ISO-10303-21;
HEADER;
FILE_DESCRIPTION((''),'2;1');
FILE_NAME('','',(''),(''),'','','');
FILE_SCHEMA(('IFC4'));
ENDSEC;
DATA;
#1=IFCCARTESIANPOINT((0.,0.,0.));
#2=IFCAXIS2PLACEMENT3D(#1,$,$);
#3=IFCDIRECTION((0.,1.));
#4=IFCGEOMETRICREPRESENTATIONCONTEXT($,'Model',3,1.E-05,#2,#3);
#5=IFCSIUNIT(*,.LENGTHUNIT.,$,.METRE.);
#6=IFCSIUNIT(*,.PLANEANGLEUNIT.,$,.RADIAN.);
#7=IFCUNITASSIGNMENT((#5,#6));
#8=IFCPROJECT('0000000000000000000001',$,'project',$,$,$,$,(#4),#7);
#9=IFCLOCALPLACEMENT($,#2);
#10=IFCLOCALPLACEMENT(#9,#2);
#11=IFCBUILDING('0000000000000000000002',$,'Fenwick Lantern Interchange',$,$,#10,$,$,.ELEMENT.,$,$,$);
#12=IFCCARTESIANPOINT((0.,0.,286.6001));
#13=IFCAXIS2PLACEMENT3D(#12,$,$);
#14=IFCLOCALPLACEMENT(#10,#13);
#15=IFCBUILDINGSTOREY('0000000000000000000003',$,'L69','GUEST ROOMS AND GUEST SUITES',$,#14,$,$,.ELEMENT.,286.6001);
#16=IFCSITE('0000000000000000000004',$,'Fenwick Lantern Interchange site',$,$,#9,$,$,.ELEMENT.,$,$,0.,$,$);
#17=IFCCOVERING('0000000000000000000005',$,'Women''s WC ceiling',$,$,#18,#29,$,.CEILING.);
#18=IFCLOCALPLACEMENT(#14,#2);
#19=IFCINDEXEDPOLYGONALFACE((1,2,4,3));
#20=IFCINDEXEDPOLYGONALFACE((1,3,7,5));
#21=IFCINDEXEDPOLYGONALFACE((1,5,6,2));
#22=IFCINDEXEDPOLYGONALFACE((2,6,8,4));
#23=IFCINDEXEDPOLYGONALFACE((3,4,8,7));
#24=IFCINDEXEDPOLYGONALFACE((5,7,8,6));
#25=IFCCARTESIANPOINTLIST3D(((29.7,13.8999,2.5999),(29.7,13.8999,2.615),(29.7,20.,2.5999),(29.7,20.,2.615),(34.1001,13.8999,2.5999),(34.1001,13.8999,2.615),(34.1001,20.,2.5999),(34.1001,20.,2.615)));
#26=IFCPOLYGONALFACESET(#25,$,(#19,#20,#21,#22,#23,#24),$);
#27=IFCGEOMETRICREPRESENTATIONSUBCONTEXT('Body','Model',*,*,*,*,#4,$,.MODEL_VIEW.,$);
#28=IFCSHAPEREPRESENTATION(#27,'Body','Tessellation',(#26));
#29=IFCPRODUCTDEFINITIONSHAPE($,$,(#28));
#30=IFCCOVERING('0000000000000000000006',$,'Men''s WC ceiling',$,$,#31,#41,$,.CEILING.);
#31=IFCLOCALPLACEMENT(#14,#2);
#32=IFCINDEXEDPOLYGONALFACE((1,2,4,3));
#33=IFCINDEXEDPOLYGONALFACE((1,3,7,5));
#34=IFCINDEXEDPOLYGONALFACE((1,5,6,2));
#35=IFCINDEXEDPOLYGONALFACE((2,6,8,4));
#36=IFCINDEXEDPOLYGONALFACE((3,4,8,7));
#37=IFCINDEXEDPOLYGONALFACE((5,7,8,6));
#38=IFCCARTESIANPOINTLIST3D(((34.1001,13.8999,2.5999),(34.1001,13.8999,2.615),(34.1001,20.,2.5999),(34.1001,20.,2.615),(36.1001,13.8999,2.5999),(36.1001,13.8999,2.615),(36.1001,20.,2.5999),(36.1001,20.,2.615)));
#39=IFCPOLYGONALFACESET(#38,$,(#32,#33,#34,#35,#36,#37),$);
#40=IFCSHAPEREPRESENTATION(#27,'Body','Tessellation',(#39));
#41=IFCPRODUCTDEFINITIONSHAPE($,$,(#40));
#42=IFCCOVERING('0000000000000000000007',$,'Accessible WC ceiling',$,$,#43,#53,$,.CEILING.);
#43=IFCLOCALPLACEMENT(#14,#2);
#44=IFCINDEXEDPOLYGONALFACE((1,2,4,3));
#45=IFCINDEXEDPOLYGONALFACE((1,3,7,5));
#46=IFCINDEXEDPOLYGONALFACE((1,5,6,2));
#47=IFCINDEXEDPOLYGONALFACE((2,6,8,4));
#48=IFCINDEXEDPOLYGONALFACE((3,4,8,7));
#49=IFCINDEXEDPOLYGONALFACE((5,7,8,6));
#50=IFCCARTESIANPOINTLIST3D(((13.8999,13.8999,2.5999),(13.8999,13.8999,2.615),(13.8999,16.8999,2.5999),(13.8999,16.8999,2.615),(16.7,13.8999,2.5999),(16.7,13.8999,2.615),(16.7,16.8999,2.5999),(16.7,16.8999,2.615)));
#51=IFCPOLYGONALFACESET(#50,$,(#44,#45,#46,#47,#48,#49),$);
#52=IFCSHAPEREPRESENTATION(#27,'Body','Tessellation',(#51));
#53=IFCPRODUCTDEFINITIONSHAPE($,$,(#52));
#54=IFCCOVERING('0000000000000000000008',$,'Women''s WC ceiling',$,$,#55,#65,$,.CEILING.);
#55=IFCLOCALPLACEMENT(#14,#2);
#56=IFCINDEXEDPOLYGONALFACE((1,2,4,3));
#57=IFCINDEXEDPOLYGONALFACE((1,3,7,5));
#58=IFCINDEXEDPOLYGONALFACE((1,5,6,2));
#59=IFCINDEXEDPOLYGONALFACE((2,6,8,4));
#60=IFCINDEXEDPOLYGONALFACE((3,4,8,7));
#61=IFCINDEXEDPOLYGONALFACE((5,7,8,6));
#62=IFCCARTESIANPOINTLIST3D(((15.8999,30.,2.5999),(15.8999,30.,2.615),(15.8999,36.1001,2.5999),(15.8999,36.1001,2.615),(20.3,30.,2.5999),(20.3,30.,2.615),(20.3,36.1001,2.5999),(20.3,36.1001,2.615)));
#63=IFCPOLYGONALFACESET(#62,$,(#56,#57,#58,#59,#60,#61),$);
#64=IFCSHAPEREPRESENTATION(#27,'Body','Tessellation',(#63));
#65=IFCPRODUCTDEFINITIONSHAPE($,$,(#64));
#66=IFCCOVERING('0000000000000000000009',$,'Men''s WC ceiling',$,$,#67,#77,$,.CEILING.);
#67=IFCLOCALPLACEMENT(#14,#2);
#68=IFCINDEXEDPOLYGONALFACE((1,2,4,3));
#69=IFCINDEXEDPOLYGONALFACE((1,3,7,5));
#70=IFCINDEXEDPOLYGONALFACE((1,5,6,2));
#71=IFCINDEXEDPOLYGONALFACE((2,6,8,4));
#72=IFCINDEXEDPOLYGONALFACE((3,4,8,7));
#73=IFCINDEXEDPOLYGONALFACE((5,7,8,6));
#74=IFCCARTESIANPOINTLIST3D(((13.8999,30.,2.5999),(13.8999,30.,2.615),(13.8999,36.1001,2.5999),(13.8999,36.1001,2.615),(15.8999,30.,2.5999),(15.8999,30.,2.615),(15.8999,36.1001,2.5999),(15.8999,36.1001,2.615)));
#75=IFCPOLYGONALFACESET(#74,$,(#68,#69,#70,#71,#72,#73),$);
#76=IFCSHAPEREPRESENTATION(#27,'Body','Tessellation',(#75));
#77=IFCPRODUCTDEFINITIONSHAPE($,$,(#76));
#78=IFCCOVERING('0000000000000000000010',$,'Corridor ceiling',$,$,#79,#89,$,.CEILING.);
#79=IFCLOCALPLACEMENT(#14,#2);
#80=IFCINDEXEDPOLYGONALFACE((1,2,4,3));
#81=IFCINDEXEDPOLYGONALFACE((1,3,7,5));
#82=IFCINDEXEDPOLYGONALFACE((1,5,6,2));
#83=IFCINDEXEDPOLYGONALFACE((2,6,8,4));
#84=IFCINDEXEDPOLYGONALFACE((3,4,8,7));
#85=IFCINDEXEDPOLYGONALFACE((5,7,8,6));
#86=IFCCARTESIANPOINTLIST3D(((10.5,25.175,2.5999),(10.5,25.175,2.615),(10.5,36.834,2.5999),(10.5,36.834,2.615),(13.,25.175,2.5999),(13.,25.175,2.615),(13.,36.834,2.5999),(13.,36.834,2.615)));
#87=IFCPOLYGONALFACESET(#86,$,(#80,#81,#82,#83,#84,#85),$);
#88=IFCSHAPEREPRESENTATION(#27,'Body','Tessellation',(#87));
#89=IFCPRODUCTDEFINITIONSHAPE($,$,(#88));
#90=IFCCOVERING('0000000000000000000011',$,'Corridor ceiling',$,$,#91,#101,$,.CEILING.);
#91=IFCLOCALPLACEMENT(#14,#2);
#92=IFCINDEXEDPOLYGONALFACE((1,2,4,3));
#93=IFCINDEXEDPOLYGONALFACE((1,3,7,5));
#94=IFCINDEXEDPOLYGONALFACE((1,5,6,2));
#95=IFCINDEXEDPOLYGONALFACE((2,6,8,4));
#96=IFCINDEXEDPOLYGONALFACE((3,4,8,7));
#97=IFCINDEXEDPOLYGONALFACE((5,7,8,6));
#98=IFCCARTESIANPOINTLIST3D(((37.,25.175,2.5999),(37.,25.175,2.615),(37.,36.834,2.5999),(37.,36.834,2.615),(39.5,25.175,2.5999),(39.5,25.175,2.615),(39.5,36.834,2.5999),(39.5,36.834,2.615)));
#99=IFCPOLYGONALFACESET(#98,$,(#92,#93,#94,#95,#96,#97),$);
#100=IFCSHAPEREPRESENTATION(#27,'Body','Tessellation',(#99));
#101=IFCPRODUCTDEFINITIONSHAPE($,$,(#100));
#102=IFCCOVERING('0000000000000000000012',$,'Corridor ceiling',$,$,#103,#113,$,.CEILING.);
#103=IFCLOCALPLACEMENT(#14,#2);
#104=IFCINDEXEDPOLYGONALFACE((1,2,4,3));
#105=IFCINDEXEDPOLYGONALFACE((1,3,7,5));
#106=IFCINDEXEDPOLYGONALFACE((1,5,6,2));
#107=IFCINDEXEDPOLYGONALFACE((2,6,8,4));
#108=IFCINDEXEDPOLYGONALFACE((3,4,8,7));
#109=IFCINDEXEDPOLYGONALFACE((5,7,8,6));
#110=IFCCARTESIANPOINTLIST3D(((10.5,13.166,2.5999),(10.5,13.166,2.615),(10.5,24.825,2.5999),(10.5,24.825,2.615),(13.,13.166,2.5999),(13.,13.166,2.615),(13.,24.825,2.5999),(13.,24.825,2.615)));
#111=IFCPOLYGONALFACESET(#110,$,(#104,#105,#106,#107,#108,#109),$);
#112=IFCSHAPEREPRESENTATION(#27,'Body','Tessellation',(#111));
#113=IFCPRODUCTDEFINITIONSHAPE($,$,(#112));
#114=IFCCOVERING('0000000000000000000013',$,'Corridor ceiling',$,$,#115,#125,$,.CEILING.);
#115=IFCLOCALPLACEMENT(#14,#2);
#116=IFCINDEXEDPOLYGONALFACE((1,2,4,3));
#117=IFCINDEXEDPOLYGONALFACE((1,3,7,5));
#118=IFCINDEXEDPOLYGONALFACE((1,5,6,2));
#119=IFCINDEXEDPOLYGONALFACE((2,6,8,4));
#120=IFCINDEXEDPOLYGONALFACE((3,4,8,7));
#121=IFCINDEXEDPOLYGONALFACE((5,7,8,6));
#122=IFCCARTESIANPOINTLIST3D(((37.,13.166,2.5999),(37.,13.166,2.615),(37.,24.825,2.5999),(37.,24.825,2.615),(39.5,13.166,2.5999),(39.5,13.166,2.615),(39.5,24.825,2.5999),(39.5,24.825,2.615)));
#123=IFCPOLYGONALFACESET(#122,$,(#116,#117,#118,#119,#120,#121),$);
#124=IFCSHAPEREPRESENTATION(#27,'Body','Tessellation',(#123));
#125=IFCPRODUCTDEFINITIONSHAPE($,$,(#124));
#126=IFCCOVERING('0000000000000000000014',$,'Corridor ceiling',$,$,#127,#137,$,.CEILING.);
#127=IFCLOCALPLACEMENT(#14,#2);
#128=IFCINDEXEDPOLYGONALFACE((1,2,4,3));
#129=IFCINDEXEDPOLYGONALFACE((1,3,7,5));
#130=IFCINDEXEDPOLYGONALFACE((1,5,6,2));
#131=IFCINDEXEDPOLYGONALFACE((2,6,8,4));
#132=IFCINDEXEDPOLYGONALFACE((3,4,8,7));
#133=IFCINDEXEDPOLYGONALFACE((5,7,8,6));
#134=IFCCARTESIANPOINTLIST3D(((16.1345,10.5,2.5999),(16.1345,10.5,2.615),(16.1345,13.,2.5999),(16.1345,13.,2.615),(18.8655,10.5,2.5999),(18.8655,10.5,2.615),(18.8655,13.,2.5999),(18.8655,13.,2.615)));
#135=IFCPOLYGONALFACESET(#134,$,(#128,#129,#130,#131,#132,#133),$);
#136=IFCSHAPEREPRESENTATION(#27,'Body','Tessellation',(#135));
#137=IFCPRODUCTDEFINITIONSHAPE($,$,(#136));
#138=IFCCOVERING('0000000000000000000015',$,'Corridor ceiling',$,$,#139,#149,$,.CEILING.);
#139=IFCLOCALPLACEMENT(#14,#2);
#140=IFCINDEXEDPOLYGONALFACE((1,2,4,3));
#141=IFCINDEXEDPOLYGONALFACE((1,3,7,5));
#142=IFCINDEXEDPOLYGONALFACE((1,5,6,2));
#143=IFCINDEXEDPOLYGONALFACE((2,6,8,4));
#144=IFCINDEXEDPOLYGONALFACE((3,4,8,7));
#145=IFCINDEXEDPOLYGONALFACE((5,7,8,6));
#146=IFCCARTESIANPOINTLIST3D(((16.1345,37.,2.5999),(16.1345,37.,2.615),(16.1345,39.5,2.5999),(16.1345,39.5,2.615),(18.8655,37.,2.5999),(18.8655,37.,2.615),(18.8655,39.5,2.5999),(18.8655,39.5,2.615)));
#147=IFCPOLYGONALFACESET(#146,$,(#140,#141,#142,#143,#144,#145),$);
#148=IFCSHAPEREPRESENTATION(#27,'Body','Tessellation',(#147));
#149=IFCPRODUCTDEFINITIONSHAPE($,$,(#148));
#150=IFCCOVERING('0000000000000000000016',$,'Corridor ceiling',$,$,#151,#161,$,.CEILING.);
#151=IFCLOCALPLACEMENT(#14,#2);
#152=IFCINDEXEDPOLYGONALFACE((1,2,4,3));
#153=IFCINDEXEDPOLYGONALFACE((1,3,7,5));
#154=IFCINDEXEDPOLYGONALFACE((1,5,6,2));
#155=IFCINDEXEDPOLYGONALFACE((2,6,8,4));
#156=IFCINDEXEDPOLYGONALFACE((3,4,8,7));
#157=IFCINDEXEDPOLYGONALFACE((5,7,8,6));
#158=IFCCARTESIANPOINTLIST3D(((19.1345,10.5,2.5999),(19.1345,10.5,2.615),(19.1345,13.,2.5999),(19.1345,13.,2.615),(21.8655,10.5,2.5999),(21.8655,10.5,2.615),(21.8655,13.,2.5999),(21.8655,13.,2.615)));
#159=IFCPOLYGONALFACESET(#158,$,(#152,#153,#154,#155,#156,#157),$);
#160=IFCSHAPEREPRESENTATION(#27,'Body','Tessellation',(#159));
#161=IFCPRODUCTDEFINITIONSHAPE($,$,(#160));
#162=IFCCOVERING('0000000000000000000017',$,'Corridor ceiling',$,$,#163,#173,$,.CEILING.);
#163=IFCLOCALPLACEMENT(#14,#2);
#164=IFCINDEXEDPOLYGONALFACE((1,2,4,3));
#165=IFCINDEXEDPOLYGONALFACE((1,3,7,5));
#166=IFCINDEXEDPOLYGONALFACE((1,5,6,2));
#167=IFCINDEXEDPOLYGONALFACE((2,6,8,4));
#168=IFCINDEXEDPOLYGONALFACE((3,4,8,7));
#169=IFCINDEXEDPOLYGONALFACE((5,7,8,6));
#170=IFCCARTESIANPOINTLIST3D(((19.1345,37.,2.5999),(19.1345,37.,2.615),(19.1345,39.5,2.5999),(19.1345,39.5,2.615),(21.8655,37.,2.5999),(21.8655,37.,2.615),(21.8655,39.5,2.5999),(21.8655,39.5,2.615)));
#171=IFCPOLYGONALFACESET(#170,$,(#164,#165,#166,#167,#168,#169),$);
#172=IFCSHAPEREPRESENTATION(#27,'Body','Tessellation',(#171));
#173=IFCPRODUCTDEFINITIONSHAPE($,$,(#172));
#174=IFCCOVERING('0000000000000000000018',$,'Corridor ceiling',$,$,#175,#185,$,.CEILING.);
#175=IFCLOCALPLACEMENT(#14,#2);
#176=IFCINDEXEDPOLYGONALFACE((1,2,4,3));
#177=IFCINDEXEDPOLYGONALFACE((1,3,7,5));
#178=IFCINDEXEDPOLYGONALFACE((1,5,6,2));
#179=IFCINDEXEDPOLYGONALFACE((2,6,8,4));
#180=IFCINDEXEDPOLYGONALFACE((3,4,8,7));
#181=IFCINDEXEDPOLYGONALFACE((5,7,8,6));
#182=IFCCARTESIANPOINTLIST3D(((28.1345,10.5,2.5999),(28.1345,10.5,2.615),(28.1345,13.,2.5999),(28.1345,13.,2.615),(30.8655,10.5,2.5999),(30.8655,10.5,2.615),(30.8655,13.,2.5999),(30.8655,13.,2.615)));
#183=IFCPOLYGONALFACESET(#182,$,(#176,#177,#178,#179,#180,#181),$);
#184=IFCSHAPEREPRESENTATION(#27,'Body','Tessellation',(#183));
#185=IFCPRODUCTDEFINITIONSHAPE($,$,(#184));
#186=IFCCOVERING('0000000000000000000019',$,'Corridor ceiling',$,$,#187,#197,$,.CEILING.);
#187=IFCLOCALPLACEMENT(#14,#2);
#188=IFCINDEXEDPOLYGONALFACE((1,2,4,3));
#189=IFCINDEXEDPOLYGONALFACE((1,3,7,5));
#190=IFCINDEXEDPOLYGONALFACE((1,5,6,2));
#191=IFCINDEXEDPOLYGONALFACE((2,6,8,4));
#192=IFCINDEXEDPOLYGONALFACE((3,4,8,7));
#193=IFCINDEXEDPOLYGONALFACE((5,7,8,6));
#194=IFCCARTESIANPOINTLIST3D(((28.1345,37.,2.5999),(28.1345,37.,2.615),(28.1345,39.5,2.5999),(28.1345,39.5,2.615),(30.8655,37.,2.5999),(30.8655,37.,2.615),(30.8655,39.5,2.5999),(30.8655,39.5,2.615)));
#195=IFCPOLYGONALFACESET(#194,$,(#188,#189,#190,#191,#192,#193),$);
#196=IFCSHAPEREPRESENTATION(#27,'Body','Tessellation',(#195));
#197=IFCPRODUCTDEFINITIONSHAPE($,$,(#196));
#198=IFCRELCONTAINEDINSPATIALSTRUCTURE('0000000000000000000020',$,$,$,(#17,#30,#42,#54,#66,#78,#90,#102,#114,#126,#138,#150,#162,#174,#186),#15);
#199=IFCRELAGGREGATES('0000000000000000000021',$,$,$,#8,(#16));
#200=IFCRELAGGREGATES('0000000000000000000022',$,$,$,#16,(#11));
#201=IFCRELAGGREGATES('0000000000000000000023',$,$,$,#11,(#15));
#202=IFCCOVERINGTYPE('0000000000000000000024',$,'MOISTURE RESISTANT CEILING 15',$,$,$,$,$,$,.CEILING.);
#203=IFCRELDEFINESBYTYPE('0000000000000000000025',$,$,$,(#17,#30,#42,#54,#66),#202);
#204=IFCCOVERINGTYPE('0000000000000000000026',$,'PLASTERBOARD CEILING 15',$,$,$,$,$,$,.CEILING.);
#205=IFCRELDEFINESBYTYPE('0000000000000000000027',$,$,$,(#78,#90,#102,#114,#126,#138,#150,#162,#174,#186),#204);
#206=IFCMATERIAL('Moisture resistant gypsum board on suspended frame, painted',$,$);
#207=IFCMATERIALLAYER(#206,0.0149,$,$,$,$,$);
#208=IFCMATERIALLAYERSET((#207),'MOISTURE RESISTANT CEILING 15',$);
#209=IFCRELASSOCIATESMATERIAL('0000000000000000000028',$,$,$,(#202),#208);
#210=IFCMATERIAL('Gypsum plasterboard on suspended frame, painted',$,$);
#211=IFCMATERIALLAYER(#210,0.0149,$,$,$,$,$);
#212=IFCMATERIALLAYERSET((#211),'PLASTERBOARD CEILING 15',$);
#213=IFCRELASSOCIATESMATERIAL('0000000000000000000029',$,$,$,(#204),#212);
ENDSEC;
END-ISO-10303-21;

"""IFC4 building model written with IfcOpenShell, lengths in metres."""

from ifc_helpers import new_model, si_unit, direction, frame, origin, place, context, subcontext, project, spatial, polyline, outline, extrude, material, layer, layer_set, type_object, element, save


model = new_model("IFC4")

# Units and contexts
model_context = context("Model", 3, precision=1e-05, world=origin(), true_north=direction((0.0, 1.0)))
body_context = subcontext(model_context, "Body", "Model", "MODEL_VIEW")
ifc_project = project(units=[si_unit("LENGTHUNIT", "METRE"), si_unit("PLANEANGLEUNIT", "RADIAN")], contexts=[model_context])

# Site, building, storey
site_placement = place(None, origin())
site = spatial("IfcSite", under=ifc_project, at=site_placement, Name="Fenwick Lantern Interchange site", CompositionType="ELEMENT", RefElevation=0.0)
building_placement = place(site_placement, origin())
building = spatial("IfcBuilding", under=site, at=building_placement, Name="Fenwick Lantern Interchange", CompositionType="ELEMENT")
storey_placement = place(building_placement, frame((0.0, 0.0, 286.6001)))
storey = spatial("IfcBuildingStorey", under=building, at=storey_placement, Name="L69", Description="GUEST ROOMS AND GUEST SUITES", CompositionType="ELEMENT", Elevation=286.6001)

# Coverings
ifc_material_1 = material(Name="Moisture resistant gypsum board on suspended frame, painted")
ifc_layer_1 = layer(ifc_material_1, 0.0149)
ifc_layer_set_1 = layer_set([ifc_layer_1], Name="MOISTURE RESISTANT CEILING 15")
covering_type_1 = type_object("IfcCoveringType", Name="MOISTURE RESISTANT CEILING 15", PredefinedType="CEILING", material=ifc_layer_set_1)
covering_1_placement = place(storey_placement, frame((0.0, 0.0, 2.5999)))
element("IfcCovering", 1, at=covering_1_placement, inside=storey, type_object=covering_type_1, Name="Women's WC ceiling", PredefinedType="CEILING", context=body_context, shape_type="SweptSolid", body=[
    extrude(outline(polyline([(29.7, 13.8999), (34.1001, 13.8999), (34.1001, 20.0), (29.7, 20.0), (29.7, 13.8999)])), origin(), (0.0, 0.0, 1.0), 0.0151),
])
covering_2_placement = place(storey_placement, frame((0.0, 0.0, 2.5999)))
element("IfcCovering", 2, at=covering_2_placement, inside=storey, type_object=covering_type_1, Name="Men's WC ceiling", PredefinedType="CEILING", context=body_context, shape_type="SweptSolid", body=[
    extrude(outline(polyline([(34.1001, 13.8999), (36.1001, 13.8999), (36.1001, 20.0), (34.1001, 20.0), (34.1001, 13.8999)])), origin(), (0.0, 0.0, 1.0), 0.0151),
])
covering_3_placement = place(storey_placement, frame((0.0, 0.0, 2.5999)))
element("IfcCovering", 3, at=covering_3_placement, inside=storey, type_object=covering_type_1, Name="Accessible WC ceiling", PredefinedType="CEILING", context=body_context, shape_type="SweptSolid", body=[
    extrude(outline(polyline([(13.8999, 13.8999), (16.7, 13.8999), (16.7, 16.8999), (13.8999, 16.8999), (13.8999, 13.8999)])), origin(), (0.0, 0.0, 1.0), 0.0151),
])
covering_4_placement = place(storey_placement, frame((0.0, 0.0, 2.5999)))
element("IfcCovering", 4, at=covering_4_placement, inside=storey, type_object=covering_type_1, Name="Women's WC ceiling", PredefinedType="CEILING", context=body_context, shape_type="SweptSolid", body=[
    extrude(outline(polyline([(20.3, 36.1001), (15.8999, 36.1001), (15.8999, 30.0), (20.3, 30.0), (20.3, 36.1001)])), origin(), (0.0, 0.0, 1.0), 0.0151),
])
covering_5_placement = place(storey_placement, frame((0.0, 0.0, 2.5999)))
element("IfcCovering", 5, at=covering_5_placement, inside=storey, type_object=covering_type_1, Name="Men's WC ceiling", PredefinedType="CEILING", context=body_context, shape_type="SweptSolid", body=[
    extrude(outline(polyline([(15.8999, 36.1001), (13.8999, 36.1001), (13.8999, 30.0), (15.8999, 30.0), (15.8999, 36.1001)])), origin(), (0.0, 0.0, 1.0), 0.0151),
])
ifc_material_2 = material(Name="Gypsum plasterboard on suspended frame, painted")
ifc_layer_2 = layer(ifc_material_2, 0.0149)
ifc_layer_set_2 = layer_set([ifc_layer_2], Name="PLASTERBOARD CEILING 15")
covering_type_2 = type_object("IfcCoveringType", Name="PLASTERBOARD CEILING 15", PredefinedType="CEILING", material=ifc_layer_set_2)
covering_6_placement = place(storey_placement, frame((0.0, 0.0, 2.5999)))
element("IfcCovering", 6, at=covering_6_placement, inside=storey, type_object=covering_type_2, Name="Corridor ceiling", PredefinedType="CEILING", context=body_context, shape_type="SweptSolid", body=[
    extrude(outline(polyline([(10.5, 36.834), (10.5, 25.175), (13.0, 25.175), (13.0, 36.834), (10.5, 36.834)])), origin(), (0.0, 0.0, 1.0), 0.0151),
])
covering_7_placement = place(storey_placement, frame((0.0, 0.0, 2.5999)))
element("IfcCovering", 7, at=covering_7_placement, inside=storey, type_object=covering_type_2, Name="Corridor ceiling", PredefinedType="CEILING", context=body_context, shape_type="SweptSolid", body=[
    extrude(outline(polyline([(39.5, 25.175), (39.5, 36.834), (37.0, 36.834), (37.0, 25.175), (39.5, 25.175)])), origin(), (0.0, 0.0, 1.0), 0.0151),
])
covering_8_placement = place(storey_placement, frame((0.0, 0.0, 2.5999)))
element("IfcCovering", 8, at=covering_8_placement, inside=storey, type_object=covering_type_2, Name="Corridor ceiling", PredefinedType="CEILING", context=body_context, shape_type="SweptSolid", body=[
    extrude(outline(polyline([(10.5, 24.825), (10.5, 13.166), (13.0, 13.166), (13.0, 24.825), (10.5, 24.825)])), origin(), (0.0, 0.0, 1.0), 0.0151),
])
covering_9_placement = place(storey_placement, frame((0.0, 0.0, 2.5999)))
element("IfcCovering", 9, at=covering_9_placement, inside=storey, type_object=covering_type_2, Name="Corridor ceiling", PredefinedType="CEILING", context=body_context, shape_type="SweptSolid", body=[
    extrude(outline(polyline([(39.5, 13.166), (39.5, 24.825), (37.0, 24.825), (37.0, 13.166), (39.5, 13.166)])), origin(), (0.0, 0.0, 1.0), 0.0151),
])
covering_10_placement = place(storey_placement, frame((0.0, 0.0, 2.5999)))
element("IfcCovering", 10, at=covering_10_placement, inside=storey, type_object=covering_type_2, Name="Corridor ceiling", PredefinedType="CEILING", context=body_context, shape_type="SweptSolid", body=[
    extrude(outline(polyline([(16.1345, 10.5), (18.8655, 10.5), (18.8655, 13.0), (16.1345, 13.0), (16.1345, 10.5)])), origin(), (0.0, 0.0, 1.0), 0.0151),
])
covering_11_placement = place(storey_placement, frame((0.0, 0.0, 2.5999)))
element("IfcCovering", 11, at=covering_11_placement, inside=storey, type_object=covering_type_2, Name="Corridor ceiling", PredefinedType="CEILING", context=body_context, shape_type="SweptSolid", body=[
    extrude(outline(polyline([(18.8655, 39.5), (16.1345, 39.5), (16.1345, 37.0), (18.8655, 37.0), (18.8655, 39.5)])), origin(), (0.0, 0.0, 1.0), 0.0151),
])
covering_12_placement = place(storey_placement, frame((0.0, 0.0, 2.5999)))
element("IfcCovering", 12, at=covering_12_placement, inside=storey, type_object=covering_type_2, Name="Corridor ceiling", PredefinedType="CEILING", context=body_context, shape_type="SweptSolid", body=[
    extrude(outline(polyline([(19.1345, 10.5), (21.8655, 10.5), (21.8655, 13.0), (19.1345, 13.0), (19.1345, 10.5)])), origin(), (0.0, 0.0, 1.0), 0.0151),
])
covering_13_placement = place(storey_placement, frame((0.0, 0.0, 2.5999)))
element("IfcCovering", 13, at=covering_13_placement, inside=storey, type_object=covering_type_2, Name="Corridor ceiling", PredefinedType="CEILING", context=body_context, shape_type="SweptSolid", body=[
    extrude(outline(polyline([(21.8655, 39.5), (19.1345, 39.5), (19.1345, 37.0), (21.8655, 37.0), (21.8655, 39.5)])), origin(), (0.0, 0.0, 1.0), 0.0151),
])
covering_14_placement = place(storey_placement, frame((0.0, 0.0, 2.5999)))
element("IfcCovering", 14, at=covering_14_placement, inside=storey, type_object=covering_type_2, Name="Corridor ceiling", PredefinedType="CEILING", context=body_context, shape_type="SweptSolid", body=[
    extrude(outline(polyline([(28.1345, 10.5), (30.8655, 10.5), (30.8655, 13.0), (28.1345, 13.0), (28.1345, 10.5)])), origin(), (0.0, 0.0, 1.0), 0.0151),
])
covering_15_placement = place(storey_placement, frame((0.0, 0.0, 2.5999)))
element("IfcCovering", 15, at=covering_15_placement, inside=storey, type_object=covering_type_2, Name="Corridor ceiling", PredefinedType="CEILING", context=body_context, shape_type="SweptSolid", body=[
    extrude(outline(polyline([(30.8655, 39.5), (28.1345, 39.5), (28.1345, 37.0), (30.8655, 37.0), (30.8655, 39.5)])), origin(), (0.0, 0.0, 1.0), 0.0151),
])

save(model, "model.ifc")
